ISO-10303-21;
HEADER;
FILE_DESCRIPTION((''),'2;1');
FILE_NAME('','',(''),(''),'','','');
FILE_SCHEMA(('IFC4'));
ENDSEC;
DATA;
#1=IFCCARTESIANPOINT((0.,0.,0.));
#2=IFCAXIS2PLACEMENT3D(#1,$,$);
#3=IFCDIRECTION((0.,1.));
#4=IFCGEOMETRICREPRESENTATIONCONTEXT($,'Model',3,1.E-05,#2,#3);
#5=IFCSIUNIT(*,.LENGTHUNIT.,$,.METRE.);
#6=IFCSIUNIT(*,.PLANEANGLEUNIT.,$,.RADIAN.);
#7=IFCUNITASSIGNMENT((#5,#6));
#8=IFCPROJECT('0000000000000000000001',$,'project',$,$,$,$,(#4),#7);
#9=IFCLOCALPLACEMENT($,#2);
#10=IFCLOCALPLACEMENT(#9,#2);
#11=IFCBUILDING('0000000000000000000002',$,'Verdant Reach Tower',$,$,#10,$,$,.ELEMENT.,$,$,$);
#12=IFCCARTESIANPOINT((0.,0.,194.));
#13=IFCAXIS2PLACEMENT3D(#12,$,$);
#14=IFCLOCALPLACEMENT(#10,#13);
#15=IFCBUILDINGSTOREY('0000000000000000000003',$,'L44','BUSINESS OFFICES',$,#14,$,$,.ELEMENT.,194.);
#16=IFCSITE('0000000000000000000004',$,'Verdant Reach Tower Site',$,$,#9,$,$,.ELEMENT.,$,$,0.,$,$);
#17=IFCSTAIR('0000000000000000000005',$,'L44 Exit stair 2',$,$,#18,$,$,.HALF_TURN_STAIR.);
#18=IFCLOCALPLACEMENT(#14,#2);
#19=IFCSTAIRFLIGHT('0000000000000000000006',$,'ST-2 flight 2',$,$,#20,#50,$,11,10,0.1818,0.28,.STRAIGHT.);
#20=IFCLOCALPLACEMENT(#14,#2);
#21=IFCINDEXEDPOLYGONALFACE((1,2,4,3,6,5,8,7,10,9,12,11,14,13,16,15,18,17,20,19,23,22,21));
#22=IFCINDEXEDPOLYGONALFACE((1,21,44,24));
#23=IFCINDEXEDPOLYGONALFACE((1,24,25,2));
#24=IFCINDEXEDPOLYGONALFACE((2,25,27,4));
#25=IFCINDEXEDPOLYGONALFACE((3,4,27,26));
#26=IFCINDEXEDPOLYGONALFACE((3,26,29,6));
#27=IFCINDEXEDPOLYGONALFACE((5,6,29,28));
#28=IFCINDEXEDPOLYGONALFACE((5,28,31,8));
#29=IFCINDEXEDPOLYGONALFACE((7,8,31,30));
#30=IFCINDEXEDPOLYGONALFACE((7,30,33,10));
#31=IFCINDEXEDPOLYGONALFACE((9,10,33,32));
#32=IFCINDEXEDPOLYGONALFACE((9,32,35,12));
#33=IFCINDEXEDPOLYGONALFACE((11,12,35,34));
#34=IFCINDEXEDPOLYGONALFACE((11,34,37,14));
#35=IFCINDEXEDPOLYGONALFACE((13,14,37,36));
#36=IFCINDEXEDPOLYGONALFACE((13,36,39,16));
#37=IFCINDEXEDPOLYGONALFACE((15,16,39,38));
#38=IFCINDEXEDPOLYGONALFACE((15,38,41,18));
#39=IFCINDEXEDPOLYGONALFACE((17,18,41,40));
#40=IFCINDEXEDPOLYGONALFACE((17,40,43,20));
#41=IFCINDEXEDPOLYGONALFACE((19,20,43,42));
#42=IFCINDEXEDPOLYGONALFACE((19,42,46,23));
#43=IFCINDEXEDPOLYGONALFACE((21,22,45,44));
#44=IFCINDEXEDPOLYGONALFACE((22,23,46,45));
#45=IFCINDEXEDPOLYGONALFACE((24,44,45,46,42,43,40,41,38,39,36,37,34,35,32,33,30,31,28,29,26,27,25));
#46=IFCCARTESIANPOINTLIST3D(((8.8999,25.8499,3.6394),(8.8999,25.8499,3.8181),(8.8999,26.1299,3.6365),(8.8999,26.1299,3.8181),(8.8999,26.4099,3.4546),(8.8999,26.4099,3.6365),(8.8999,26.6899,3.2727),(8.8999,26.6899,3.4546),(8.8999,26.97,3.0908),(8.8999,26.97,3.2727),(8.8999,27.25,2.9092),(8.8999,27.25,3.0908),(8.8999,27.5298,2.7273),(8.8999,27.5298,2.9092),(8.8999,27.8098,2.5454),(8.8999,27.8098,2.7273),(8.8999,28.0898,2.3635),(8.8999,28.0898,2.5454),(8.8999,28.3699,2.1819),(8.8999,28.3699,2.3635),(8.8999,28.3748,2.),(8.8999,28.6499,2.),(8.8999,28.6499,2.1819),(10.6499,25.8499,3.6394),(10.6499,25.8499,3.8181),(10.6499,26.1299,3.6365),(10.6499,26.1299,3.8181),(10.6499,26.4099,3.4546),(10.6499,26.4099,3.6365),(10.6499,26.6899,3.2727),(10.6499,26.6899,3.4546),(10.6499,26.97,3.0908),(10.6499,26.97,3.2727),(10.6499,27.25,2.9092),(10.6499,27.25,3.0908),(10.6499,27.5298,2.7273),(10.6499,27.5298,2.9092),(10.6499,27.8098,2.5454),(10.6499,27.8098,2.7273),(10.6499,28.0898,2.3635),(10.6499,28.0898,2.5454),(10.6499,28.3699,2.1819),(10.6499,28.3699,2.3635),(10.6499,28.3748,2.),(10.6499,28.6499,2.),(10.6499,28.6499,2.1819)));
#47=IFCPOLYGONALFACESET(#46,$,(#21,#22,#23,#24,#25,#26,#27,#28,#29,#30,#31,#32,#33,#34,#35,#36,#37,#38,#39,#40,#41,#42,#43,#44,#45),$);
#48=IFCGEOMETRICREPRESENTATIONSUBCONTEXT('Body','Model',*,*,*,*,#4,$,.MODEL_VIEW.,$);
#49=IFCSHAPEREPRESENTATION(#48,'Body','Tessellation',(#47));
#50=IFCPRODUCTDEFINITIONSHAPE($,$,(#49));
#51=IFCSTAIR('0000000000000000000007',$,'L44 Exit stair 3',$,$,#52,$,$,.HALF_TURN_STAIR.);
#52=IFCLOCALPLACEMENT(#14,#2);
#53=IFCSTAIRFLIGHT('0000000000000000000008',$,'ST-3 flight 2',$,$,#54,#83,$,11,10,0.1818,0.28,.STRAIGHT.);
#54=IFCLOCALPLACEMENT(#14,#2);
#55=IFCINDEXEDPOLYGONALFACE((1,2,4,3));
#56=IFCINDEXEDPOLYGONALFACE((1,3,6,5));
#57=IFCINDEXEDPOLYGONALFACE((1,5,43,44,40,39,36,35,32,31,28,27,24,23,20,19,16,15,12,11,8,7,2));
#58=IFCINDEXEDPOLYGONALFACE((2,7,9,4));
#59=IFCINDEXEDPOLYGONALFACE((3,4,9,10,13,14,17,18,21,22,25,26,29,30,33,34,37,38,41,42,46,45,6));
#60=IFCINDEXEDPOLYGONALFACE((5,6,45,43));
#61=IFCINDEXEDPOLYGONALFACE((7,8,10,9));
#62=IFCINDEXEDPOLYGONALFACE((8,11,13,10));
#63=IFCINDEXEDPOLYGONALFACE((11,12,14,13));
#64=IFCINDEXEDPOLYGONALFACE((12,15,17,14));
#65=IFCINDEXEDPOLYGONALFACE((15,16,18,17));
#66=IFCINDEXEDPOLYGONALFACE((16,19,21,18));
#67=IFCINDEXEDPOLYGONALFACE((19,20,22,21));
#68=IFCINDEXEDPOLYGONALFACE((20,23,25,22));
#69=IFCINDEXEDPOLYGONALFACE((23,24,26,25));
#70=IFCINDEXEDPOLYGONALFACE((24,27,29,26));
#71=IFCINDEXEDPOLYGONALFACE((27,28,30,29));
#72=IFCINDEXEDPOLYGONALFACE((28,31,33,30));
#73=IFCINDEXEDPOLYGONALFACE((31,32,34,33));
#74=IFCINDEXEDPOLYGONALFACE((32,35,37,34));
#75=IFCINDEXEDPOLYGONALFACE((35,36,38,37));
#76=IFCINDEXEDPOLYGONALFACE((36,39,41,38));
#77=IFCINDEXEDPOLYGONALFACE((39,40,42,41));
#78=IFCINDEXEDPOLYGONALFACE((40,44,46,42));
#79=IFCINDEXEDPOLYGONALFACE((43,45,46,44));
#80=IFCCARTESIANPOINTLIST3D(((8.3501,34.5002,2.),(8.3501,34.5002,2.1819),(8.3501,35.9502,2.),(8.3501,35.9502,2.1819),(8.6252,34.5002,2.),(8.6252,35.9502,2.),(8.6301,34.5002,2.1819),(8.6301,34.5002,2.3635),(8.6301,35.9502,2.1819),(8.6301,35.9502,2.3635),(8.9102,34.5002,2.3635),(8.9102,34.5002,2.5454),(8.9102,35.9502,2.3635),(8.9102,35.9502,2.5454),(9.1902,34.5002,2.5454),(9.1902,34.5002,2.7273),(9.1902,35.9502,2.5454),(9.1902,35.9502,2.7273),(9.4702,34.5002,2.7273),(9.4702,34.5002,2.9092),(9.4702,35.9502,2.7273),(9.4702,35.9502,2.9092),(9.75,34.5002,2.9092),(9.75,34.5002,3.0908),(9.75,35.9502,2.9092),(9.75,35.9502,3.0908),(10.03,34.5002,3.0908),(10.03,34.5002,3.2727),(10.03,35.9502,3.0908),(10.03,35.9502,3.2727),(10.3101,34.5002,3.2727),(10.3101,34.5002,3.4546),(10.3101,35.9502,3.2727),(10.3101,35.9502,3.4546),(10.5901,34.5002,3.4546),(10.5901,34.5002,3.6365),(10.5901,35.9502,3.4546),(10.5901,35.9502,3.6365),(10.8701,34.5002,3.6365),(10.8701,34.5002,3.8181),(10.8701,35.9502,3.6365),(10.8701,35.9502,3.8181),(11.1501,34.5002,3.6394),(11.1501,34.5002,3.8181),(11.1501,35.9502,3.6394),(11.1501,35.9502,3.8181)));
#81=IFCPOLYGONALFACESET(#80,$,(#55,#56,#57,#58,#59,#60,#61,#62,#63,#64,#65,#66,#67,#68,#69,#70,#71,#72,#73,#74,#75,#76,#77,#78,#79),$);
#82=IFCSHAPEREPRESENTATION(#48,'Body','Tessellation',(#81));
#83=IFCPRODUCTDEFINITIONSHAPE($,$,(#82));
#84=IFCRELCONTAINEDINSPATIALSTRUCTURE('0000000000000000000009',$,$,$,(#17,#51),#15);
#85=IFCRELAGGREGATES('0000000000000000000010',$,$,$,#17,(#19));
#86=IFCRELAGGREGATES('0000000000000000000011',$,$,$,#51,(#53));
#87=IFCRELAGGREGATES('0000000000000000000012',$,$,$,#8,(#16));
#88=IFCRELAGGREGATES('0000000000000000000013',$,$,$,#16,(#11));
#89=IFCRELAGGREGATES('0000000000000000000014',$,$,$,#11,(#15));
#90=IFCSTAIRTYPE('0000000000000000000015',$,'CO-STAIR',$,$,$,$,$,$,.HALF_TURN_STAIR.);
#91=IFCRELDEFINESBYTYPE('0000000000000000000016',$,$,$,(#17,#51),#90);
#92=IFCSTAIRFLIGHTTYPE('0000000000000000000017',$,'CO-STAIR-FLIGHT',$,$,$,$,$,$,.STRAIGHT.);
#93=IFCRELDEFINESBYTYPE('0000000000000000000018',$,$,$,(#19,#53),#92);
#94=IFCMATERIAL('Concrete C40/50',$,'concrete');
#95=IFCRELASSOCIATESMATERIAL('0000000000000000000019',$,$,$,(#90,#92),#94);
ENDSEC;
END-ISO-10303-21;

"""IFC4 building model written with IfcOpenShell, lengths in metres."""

from ifc_helpers import new_model, si_unit, direction, frame, origin, place, context, subcontext, project, spatial, polyline, outline, extrude, material, type_object, element, aggregate, save


model = new_model("IFC4")

# Units and contexts
model_context = context("Model", 3, precision=1e-05, world=origin(), true_north=direction((0.0, 1.0)))
body_context = subcontext(model_context, "Body", "Model", "MODEL_VIEW")
ifc_project = project(units=[si_unit("LENGTHUNIT", "METRE"), si_unit("PLANEANGLEUNIT", "RADIAN")], contexts=[model_context])

# Site, building, storey
site_placement = place(None, origin())
site = spatial("IfcSite", under=ifc_project, at=site_placement, Name="Verdant Reach Tower Site", CompositionType="ELEMENT", RefElevation=0.0)
building_placement = place(site_placement, origin())
building = spatial("IfcBuilding", under=site, at=building_placement, Name="Verdant Reach Tower", CompositionType="ELEMENT")
storey_placement = place(building_placement, frame((0.0, 0.0, 194.0)))
storey = spatial("IfcBuildingStorey", under=building, at=storey_placement, Name="L44", Description="BUSINESS OFFICES", CompositionType="ELEMENT", Elevation=194.0)

# Shared definitions
ifc_material_1 = material(Name="Concrete C40/50", Category="concrete")

# Stair, stair flight
stair_type = type_object("IfcStairType", Name="CO-STAIR", PredefinedType="HALF_TURN_STAIR", material=ifc_material_1)
stair_1_placement = place(storey_placement, origin())
stair_1 = element("IfcStair", 1, at=stair_1_placement, inside=storey, type_object=stair_type, Name="L44 Exit stair 2", PredefinedType="HALF_TURN_STAIR")
stair_flight_type = type_object("IfcStairFlightType", Name="CO-STAIR-FLIGHT", PredefinedType="STRAIGHT", material=ifc_material_1)
stair_flight_1_placement = place(storey_placement, frame((9.7749, 28.6499, 2.0), z_axis=(0.0, 0.0, 1.0), x_axis=(0.0, -1.0, 0.0)))
stair_flight_1 = element("IfcStairFlight", 2, at=stair_flight_1_placement, type_object=stair_flight_type, Name="ST-2 flight 2", NumberOfRisers=11, NumberOfTreads=10, PredefinedType="STRAIGHT", RiserHeight=0.1818, TreadLength=0.28, context=body_context, shape_type="SweptSolid", body=[
    extrude(outline(polyline([(0.0, 0.0), (0.0, 0.1819), (0.28, 0.1819), (0.28, 0.3635), (0.5601, 0.3635), (0.5601, 0.5454), (0.8401, 0.5454), (0.8401, 0.7273), (1.1201, 0.7273), (1.1201, 0.9092), (1.3999, 0.9092), (1.3999, 1.0908), (1.6799, 1.0908), (1.6799, 1.2727), (1.96, 1.2727), (1.96, 1.4546), (2.24, 1.4546), (2.24, 1.6365), (2.52, 1.6365), (2.52, 1.8181), (2.8, 1.8181), (2.8, 2.0), (2.8, 1.6394), (0.2751, 0.0), (0.0, 0.0)])), frame((0.0, 0.875, 0.0), z_axis=(0.0, -1.0, 0.0), x_axis=(1.0, 0.0, 0.0)), (0.0, 0.0, 1.0), 1.75),
])
aggregate(stair_1, [stair_flight_1])

# Stair, stair flight
stair_2_placement = place(storey_placement, origin())
stair_2 = element("IfcStair", 3, at=stair_2_placement, inside=storey, type_object=stair_type, Name="L44 Exit stair 3", PredefinedType="HALF_TURN_STAIR")
stair_flight_2_placement = place(storey_placement, frame((8.3501, 35.2251, 2.0), z_axis=(0.0, 0.0, 1.0), x_axis=(1.0, 0.0, 0.0)))
stair_flight_2 = element("IfcStairFlight", 4, at=stair_flight_2_placement, type_object=stair_flight_type, Name="ST-3 flight 2", NumberOfRisers=11, NumberOfTreads=10, PredefinedType="STRAIGHT", RiserHeight=0.1818, TreadLength=0.28, context=body_context, shape_type="SweptSolid", body=[
    extrude(outline(polyline([(0.0, 0.0), (0.0, 0.1819), (0.28, 0.1819), (0.28, 0.3635), (0.5601, 0.3635), (0.5601, 0.5454), (0.8401, 0.5454), (0.8401, 0.7273), (1.1201, 0.7273), (1.1201, 0.9092), (1.3999, 0.9092), (1.3999, 1.0908), (1.6799, 1.0908), (1.6799, 1.2727), (1.96, 1.2727), (1.96, 1.4546), (2.24, 1.4546), (2.24, 1.6365), (2.52, 1.6365), (2.52, 1.8181), (2.8, 1.8181), (2.8, 2.0), (2.8, 1.6394), (0.2751, 0.0), (0.0, 0.0)])), frame((0.0, 0.7251, 0.0), z_axis=(0.0, -1.0, 0.0), x_axis=(1.0, 0.0, 0.0)), (0.0, 0.0, 1.0), 1.45),
])
aggregate(stair_2, [stair_flight_2])

save(model, "model.ifc")
